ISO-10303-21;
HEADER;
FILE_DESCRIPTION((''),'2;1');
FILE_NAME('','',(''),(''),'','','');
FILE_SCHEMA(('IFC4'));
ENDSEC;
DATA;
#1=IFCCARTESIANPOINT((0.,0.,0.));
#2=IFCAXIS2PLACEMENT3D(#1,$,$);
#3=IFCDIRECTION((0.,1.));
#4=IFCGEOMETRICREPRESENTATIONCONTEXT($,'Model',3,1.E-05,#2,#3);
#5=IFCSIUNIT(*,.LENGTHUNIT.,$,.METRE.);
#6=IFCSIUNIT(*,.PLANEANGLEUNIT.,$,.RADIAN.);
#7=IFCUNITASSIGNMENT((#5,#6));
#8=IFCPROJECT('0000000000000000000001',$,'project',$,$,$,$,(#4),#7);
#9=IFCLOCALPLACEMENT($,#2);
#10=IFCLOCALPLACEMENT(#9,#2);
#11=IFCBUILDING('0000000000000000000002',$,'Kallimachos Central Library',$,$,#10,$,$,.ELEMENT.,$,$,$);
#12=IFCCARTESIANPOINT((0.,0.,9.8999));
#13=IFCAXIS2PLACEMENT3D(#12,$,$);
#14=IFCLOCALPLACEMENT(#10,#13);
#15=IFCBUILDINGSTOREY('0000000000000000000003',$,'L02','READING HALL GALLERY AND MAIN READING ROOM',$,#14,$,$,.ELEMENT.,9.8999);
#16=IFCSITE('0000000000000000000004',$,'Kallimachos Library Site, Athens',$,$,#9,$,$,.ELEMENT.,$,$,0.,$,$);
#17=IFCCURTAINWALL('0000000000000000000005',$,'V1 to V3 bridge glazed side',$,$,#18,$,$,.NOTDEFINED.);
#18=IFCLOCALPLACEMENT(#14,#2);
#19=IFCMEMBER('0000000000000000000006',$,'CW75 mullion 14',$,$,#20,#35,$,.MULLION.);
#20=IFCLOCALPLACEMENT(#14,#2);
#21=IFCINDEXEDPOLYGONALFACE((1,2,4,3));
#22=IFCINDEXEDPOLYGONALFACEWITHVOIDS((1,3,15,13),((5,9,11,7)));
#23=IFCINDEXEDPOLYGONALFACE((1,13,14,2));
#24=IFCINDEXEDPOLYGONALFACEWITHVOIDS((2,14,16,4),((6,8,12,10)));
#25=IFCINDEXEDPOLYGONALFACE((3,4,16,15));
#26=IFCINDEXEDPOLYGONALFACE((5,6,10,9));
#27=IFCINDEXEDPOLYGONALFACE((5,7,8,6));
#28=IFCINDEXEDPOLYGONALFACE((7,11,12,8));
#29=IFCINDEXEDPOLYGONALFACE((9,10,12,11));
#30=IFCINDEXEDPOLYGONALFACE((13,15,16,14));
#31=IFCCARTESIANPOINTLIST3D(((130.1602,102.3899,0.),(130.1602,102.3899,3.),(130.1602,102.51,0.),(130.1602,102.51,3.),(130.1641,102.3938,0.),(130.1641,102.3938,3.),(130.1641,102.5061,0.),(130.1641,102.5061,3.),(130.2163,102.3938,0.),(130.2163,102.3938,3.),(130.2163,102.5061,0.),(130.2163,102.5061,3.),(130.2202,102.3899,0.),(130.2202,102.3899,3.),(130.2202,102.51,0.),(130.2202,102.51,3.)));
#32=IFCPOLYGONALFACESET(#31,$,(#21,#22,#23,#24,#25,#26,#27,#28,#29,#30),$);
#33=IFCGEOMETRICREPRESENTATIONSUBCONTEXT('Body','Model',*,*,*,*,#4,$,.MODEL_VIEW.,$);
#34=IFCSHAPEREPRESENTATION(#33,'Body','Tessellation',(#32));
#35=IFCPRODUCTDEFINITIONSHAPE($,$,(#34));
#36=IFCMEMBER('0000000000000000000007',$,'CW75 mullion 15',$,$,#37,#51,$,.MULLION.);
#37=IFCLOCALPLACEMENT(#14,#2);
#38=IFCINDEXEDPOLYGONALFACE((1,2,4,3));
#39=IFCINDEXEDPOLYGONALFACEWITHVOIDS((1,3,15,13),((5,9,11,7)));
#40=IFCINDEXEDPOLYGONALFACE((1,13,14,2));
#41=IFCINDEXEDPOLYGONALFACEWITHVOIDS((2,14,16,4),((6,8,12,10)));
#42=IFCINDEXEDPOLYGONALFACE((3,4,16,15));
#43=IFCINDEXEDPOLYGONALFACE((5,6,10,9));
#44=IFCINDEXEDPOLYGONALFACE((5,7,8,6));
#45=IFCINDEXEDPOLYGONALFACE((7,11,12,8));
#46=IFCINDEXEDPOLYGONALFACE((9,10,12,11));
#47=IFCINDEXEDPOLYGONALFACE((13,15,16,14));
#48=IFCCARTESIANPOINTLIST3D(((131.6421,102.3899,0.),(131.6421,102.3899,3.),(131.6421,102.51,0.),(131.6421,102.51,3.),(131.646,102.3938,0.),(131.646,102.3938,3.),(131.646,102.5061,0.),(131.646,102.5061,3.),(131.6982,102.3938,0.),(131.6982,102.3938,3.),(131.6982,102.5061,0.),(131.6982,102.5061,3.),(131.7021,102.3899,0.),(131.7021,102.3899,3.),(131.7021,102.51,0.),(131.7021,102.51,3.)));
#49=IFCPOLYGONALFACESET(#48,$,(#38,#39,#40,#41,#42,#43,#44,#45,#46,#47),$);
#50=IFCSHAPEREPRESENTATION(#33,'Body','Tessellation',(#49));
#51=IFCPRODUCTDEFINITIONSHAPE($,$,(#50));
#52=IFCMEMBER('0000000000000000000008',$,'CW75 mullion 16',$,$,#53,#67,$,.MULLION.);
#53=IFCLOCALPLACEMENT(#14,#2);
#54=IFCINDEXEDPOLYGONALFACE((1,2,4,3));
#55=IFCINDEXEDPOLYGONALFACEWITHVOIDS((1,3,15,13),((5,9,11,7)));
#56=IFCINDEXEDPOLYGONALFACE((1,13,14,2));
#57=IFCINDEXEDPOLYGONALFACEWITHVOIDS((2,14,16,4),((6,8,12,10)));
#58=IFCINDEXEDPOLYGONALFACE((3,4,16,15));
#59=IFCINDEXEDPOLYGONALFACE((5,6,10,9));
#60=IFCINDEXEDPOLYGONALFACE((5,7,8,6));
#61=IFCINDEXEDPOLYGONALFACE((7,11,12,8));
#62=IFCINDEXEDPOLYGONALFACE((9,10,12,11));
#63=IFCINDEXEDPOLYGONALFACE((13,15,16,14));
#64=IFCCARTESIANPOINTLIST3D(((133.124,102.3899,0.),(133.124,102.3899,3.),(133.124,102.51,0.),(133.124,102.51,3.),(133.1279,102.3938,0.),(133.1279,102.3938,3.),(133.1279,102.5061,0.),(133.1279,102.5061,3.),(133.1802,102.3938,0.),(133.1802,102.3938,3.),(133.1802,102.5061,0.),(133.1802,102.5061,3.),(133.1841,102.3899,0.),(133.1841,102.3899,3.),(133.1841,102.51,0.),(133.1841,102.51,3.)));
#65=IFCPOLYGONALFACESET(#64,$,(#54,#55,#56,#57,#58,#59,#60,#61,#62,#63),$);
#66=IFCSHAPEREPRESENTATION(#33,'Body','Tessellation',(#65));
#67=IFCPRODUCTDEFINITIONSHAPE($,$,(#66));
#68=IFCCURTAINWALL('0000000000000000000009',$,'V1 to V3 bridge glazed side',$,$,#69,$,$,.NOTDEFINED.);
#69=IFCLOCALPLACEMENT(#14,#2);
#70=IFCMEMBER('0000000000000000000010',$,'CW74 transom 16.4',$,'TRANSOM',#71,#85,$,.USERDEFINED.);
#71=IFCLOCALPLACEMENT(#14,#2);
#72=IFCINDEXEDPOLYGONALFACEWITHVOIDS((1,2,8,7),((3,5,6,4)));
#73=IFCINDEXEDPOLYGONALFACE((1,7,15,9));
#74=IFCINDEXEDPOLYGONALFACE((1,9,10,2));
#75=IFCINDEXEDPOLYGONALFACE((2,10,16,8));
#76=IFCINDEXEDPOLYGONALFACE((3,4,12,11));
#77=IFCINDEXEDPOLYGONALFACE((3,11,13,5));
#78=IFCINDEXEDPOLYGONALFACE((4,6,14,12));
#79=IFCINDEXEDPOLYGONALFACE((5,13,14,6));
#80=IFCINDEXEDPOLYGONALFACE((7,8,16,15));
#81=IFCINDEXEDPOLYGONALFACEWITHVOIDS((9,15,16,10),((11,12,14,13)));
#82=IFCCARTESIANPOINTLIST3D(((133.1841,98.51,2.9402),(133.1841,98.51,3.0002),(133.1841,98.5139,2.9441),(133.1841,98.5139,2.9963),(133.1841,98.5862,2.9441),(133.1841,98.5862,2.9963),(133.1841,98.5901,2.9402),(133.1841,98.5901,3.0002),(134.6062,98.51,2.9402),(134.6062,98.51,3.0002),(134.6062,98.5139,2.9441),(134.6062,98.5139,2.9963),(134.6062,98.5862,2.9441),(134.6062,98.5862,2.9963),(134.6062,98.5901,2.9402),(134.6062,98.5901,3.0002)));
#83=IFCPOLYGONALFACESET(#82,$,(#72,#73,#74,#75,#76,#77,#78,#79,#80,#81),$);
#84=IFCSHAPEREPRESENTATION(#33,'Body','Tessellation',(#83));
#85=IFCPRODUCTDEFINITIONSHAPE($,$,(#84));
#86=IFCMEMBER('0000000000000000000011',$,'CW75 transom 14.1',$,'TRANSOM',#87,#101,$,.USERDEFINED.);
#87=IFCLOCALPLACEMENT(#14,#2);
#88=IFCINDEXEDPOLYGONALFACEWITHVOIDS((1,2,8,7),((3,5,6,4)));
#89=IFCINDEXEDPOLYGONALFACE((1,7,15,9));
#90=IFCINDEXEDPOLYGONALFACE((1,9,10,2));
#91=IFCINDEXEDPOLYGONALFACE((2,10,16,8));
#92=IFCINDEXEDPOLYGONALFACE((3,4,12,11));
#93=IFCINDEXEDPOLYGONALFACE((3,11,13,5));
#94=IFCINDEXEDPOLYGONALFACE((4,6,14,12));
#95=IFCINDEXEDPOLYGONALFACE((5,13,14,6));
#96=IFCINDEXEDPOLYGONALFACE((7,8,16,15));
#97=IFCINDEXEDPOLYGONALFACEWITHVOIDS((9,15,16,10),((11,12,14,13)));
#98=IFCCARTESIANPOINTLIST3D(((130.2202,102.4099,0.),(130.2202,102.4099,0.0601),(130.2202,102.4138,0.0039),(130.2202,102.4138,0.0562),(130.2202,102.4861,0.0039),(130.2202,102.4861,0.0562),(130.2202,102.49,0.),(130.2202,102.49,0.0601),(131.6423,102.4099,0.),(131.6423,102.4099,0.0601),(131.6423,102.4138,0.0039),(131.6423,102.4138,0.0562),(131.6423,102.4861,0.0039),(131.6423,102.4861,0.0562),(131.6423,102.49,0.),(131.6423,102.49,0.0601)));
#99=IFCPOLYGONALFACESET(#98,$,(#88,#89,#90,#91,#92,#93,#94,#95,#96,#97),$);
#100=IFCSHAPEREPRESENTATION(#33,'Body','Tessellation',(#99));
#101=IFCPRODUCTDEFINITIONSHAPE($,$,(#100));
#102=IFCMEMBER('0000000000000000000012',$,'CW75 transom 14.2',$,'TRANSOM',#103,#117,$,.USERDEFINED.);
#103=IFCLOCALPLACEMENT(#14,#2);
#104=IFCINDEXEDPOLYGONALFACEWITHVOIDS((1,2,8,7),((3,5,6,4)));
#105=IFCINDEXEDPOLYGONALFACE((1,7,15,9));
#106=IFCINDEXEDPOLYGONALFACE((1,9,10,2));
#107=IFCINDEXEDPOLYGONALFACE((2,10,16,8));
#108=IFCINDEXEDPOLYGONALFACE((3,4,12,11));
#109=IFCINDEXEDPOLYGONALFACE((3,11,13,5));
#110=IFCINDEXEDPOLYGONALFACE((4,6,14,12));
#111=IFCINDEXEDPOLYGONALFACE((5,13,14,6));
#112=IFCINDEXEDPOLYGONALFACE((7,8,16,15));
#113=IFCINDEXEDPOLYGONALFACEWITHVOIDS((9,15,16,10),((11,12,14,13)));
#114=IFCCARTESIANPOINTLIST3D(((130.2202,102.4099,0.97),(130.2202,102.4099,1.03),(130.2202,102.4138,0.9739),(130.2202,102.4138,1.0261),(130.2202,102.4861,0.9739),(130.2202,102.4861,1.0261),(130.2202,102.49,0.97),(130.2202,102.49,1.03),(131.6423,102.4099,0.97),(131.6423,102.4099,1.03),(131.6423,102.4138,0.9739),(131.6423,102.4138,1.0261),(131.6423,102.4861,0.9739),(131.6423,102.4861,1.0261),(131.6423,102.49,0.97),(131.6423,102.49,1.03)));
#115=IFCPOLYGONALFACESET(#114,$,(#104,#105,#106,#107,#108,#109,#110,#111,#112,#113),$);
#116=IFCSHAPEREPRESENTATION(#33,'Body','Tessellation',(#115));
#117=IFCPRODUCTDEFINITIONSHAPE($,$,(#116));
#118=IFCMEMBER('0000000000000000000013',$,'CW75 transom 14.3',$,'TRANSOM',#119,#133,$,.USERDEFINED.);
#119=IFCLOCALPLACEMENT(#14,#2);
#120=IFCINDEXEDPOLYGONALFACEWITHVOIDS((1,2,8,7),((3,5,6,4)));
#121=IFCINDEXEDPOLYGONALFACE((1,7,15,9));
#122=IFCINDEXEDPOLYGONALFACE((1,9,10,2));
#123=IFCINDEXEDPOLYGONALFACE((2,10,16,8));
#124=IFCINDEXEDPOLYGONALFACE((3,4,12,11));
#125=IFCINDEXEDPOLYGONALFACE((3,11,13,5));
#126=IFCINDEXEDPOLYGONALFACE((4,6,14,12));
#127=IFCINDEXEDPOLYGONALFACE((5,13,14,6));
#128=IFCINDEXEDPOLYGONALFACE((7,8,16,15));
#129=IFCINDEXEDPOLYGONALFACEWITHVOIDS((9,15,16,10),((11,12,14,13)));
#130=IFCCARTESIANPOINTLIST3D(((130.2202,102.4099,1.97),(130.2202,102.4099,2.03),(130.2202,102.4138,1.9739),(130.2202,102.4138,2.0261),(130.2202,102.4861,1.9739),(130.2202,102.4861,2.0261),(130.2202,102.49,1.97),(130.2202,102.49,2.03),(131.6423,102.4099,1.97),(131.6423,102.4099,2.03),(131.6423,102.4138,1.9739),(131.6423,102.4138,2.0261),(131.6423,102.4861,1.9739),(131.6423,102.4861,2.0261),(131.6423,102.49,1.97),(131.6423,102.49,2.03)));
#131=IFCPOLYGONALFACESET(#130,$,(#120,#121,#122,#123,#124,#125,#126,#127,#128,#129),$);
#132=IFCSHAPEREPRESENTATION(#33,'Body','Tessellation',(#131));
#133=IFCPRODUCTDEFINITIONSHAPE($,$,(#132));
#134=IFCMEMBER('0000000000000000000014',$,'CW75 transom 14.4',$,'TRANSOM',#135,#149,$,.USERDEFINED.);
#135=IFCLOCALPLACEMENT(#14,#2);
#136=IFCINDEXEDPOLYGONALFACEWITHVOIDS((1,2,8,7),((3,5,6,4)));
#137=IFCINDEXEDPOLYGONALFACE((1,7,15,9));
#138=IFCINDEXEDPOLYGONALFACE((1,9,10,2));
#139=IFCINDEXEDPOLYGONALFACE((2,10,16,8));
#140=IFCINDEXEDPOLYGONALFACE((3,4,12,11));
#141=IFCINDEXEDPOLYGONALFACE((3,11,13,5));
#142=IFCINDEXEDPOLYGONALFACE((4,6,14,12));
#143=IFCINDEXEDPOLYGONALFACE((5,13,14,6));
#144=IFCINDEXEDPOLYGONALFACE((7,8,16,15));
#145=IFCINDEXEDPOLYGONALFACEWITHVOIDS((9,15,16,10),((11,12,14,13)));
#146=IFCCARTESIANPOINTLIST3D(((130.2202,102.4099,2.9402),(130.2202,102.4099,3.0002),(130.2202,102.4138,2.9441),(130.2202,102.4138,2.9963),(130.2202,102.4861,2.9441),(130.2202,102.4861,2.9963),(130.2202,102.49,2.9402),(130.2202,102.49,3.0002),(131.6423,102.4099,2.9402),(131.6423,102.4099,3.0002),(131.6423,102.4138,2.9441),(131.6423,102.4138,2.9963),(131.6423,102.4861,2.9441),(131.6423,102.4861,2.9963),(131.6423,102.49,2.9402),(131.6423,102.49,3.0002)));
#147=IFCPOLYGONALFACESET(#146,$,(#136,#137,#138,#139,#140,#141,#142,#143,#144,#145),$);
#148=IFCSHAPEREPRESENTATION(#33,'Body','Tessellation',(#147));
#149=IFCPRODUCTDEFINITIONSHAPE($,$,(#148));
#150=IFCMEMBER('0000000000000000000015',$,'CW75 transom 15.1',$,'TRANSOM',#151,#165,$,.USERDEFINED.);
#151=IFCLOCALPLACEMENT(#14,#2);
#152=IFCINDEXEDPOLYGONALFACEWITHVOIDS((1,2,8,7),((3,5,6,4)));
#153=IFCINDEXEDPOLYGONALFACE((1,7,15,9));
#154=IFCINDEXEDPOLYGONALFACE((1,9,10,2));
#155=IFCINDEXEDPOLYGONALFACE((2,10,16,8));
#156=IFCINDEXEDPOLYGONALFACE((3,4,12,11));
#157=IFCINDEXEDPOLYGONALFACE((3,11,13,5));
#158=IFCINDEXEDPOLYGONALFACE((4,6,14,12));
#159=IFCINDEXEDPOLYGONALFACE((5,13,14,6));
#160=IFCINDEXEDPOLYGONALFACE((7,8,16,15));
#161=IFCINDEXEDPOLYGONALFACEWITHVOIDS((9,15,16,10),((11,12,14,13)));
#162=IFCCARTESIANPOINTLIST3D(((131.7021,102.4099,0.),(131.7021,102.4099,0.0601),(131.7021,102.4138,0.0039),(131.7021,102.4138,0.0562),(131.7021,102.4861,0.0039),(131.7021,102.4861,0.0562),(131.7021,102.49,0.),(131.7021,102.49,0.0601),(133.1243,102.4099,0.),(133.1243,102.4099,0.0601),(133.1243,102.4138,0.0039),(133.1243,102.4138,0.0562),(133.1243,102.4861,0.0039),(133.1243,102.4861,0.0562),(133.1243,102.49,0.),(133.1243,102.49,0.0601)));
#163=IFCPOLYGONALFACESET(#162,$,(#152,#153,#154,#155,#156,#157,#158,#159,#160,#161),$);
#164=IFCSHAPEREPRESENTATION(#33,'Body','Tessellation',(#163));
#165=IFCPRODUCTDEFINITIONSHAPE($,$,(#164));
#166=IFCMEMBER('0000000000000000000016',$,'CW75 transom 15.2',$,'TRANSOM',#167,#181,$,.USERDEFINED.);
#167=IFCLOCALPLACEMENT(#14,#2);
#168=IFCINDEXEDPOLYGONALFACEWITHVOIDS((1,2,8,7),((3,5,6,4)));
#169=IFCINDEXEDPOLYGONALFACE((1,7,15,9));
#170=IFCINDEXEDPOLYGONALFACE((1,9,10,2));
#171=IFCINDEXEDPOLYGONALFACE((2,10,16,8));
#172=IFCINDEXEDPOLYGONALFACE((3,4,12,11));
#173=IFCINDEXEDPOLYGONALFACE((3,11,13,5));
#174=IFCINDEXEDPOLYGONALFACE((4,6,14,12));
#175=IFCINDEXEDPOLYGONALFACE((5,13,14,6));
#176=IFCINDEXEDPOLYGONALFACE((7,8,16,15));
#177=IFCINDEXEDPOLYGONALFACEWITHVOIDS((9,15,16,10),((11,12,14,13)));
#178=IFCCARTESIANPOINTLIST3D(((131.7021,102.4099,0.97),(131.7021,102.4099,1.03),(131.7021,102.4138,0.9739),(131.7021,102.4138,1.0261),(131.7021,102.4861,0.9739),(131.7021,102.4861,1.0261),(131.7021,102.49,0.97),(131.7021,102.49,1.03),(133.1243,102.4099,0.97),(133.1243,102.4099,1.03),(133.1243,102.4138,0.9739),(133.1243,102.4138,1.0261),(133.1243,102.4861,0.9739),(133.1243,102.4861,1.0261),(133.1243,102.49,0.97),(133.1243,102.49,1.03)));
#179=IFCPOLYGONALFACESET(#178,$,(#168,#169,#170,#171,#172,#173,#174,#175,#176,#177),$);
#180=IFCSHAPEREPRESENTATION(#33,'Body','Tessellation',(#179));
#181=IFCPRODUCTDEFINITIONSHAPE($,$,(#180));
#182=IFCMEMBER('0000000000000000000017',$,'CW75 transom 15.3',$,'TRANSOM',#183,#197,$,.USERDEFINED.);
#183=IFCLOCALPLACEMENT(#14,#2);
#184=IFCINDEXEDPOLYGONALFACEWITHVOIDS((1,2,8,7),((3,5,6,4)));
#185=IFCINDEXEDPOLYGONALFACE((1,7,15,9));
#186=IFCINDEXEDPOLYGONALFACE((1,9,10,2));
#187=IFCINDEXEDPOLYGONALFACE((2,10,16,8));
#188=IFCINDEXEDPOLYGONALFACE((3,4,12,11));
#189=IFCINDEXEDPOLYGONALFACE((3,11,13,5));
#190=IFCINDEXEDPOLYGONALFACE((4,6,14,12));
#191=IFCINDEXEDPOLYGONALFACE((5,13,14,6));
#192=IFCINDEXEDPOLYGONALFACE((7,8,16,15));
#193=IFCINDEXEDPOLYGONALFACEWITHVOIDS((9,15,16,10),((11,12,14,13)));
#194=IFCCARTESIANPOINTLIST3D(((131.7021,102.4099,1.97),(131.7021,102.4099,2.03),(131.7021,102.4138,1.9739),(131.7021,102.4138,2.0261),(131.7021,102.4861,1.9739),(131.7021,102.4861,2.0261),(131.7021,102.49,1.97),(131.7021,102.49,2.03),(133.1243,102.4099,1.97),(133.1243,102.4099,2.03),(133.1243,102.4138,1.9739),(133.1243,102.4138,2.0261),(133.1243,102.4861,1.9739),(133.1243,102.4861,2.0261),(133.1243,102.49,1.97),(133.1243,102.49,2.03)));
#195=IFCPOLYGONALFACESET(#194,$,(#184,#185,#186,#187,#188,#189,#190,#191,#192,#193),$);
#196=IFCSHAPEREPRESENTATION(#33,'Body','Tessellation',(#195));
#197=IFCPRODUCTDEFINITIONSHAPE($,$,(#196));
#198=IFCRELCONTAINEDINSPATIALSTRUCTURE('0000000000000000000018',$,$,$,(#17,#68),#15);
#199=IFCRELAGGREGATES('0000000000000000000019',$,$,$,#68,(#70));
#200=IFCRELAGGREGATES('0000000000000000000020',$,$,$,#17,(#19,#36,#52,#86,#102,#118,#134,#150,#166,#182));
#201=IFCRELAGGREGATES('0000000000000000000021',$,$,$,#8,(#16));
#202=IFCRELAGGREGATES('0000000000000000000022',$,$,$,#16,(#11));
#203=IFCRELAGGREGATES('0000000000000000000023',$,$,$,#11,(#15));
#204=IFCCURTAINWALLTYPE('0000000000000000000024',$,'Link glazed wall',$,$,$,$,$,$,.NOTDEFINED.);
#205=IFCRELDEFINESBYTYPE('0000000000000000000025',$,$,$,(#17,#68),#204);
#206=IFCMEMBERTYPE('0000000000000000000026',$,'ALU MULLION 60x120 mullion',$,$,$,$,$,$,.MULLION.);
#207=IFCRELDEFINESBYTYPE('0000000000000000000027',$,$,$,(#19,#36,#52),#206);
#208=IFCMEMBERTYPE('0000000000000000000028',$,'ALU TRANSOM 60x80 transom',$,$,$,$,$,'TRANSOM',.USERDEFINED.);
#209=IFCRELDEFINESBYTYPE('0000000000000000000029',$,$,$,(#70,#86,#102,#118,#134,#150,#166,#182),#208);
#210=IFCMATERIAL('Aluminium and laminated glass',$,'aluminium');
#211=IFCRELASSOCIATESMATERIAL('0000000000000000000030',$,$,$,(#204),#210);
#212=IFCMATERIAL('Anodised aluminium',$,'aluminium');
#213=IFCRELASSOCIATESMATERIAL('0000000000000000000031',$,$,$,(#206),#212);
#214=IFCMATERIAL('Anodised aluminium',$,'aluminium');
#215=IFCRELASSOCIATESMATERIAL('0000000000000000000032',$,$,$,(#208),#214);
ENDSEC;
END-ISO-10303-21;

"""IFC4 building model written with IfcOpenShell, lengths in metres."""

from ifc_helpers import new_model, si_unit, direction, frame, origin, origin_2d, place, context, subcontext, project, spatial, hollow_rectangle, extrude, material, material_profile, profile_set, type_object, element, aggregate, save


model = new_model("IFC4")

# Units and contexts
model_context = context("Model", 3, precision=1e-05, world=origin(), true_north=direction((0.0, 1.0)))
body_context = subcontext(model_context, "Body", "Model", "MODEL_VIEW")
ifc_project = project(units=[si_unit("LENGTHUNIT", "METRE"), si_unit("PLANEANGLEUNIT", "RADIAN")], contexts=[model_context])

# Site, building, storey
site_placement = place(None, origin())
site = spatial("IfcSite", under=ifc_project, at=site_placement, Name="Kallimachos Library Site, Athens", CompositionType="ELEMENT", RefElevation=0.0)
building_placement = place(site_placement, origin())
building = spatial("IfcBuilding", under=site, at=building_placement, Name="Kallimachos Central Library", CompositionType="ELEMENT")
storey_placement = place(building_placement, frame((0.0, 0.0, 9.8999)))
storey = spatial("IfcBuildingStorey", under=building, at=storey_placement, Name="L02", Description="READING HALL GALLERY AND MAIN READING ROOM", CompositionType="ELEMENT", Elevation=9.8999)

# Curtain wall, members
ifc_material_1 = material(Name="Aluminium and laminated glass", Category="aluminium")
curtain_wall_type = type_object("IfcCurtainWallType", Name="Link glazed wall", PredefinedType="NOTDEFINED", material=ifc_material_1)
curtain_wall_1_placement = place(storey_placement, origin())
curtain_wall_1 = element("IfcCurtainWall", 1, at=curtain_wall_1_placement, inside=storey, type_object=curtain_wall_type, Name="V1 to V3 bridge glazed side", PredefinedType="NOTDEFINED")
ifc_material_2 = material(Name="Anodised aluminium", Category="aluminium")
ifc_material_profile_1 = material_profile(ifc_material_2, hollow_rectangle(XDim=0.0601, YDim=0.1201, WallThickness=0.0039, at=origin_2d()), Name="ALU MULLION 60x120")
ifc_profile_set_1 = profile_set([ifc_material_profile_1], Name="Anodised aluminium")
member_type_1 = type_object("IfcMemberType", Name="ALU MULLION 60x120 mullion", PredefinedType="MULLION", material=ifc_profile_set_1)
member_1_placement = place(storey_placement, frame((130.1902, 102.45, 0.0), z_axis=(0.0, 0.0, 1.0), x_axis=(1.0, 0.0, 0.0)))
member_1 = element("IfcMember", 2, at=member_1_placement, type_object=member_type_1, Name="CW75 mullion 14", PredefinedType="MULLION", context=body_context, shape_type="SweptSolid", body=[
    extrude(hollow_rectangle(XDim=0.0601, YDim=0.1201, WallThickness=0.0039, at=origin_2d()), origin(), (0.0, 0.0, 1.0), 3.0),
])
member_2_placement = place(storey_placement, frame((131.6721, 102.45, 0.0), z_axis=(0.0, 0.0, 1.0), x_axis=(1.0, 0.0, 0.0)))
member_2 = element("IfcMember", 3, at=member_2_placement, type_object=member_type_1, Name="CW75 mullion 15", PredefinedType="MULLION", context=body_context, shape_type="SweptSolid", body=[
    extrude(hollow_rectangle(XDim=0.0601, YDim=0.1201, WallThickness=0.0039, at=origin_2d()), origin(), (0.0, 0.0, 1.0), 3.0),
])
member_3_placement = place(storey_placement, frame((133.1541, 102.45, 0.0), z_axis=(0.0, 0.0, 1.0), x_axis=(1.0, 0.0, 0.0)))
member_3 = element("IfcMember", 4, at=member_3_placement, type_object=member_type_1, Name="CW75 mullion 16", PredefinedType="MULLION", context=body_context, shape_type="SweptSolid", body=[
    extrude(hollow_rectangle(XDim=0.0601, YDim=0.1201, WallThickness=0.0039, at=origin_2d()), origin(), (0.0, 0.0, 1.0), 3.0),
])

# Curtain wall, member
curtain_wall_2_placement = place(storey_placement, origin())
curtain_wall_2 = element("IfcCurtainWall", 5, at=curtain_wall_2_placement, inside=storey, type_object=curtain_wall_type, Name="V1 to V3 bridge glazed side", PredefinedType="NOTDEFINED")
ifc_material_3 = material(Name="Anodised aluminium", Category="aluminium")
ifc_material_profile_2 = material_profile(ifc_material_3, hollow_rectangle(XDim=0.0601, YDim=0.0801, WallThickness=0.0039, at=origin_2d()), Name="ALU TRANSOM 60x80")
ifc_profile_set_2 = profile_set([ifc_material_profile_2], Name="Anodised aluminium")
member_type_2 = type_object("IfcMemberType", Name="ALU TRANSOM 60x80 transom", ElementType="TRANSOM", PredefinedType="USERDEFINED", material=ifc_profile_set_2)
member_4_placement = place(storey_placement, frame((133.1841, 98.55, 2.9702), z_axis=(1.0, 0.0, 0.0), x_axis=(0.0, 0.0, 1.0)))
member_4 = element("IfcMember", 6, at=member_4_placement, type_object=member_type_2, Name="CW74 transom 16.4", ObjectType="TRANSOM", PredefinedType="USERDEFINED", context=body_context, shape_type="SweptSolid", body=[
    extrude(hollow_rectangle(XDim=0.0601, YDim=0.0801, WallThickness=0.0039, at=origin_2d()), origin(), (0.0, 0.0, 1.0), 1.4221),
])
aggregate(curtain_wall_2, [member_4])

# Members
member_5_placement = place(storey_placement, frame((130.2202, 102.45, 0.03), z_axis=(1.0, 0.0, 0.0), x_axis=(0.0, 0.0, 1.0)))
member_5 = element("IfcMember", 7, at=member_5_placement, type_object=member_type_2, Name="CW75 transom 14.1", ObjectType="TRANSOM", PredefinedType="USERDEFINED", context=body_context, shape_type="SweptSolid", body=[
    extrude(hollow_rectangle(XDim=0.0601, YDim=0.0801, WallThickness=0.0039, at=origin_2d()), origin(), (0.0, 0.0, 1.0), 1.4221),
])
member_6_placement = place(storey_placement, frame((130.2202, 102.45, 1.0), z_axis=(1.0, 0.0, 0.0), x_axis=(0.0, 0.0, 1.0)))
member_6 = element("IfcMember", 8, at=member_6_placement, type_object=member_type_2, Name="CW75 transom 14.2", ObjectType="TRANSOM", PredefinedType="USERDEFINED", context=body_context, shape_type="SweptSolid", body=[
    extrude(hollow_rectangle(XDim=0.0601, YDim=0.0801, WallThickness=0.0039, at=origin_2d()), origin(), (0.0, 0.0, 1.0), 1.4221),
])
member_7_placement = place(storey_placement, frame((130.2202, 102.45, 2.0), z_axis=(1.0, 0.0, 0.0), x_axis=(0.0, 0.0, 1.0)))
member_7 = element("IfcMember", 9, at=member_7_placement, type_object=member_type_2, Name="CW75 transom 14.3", ObjectType="TRANSOM", PredefinedType="USERDEFINED", context=body_context, shape_type="SweptSolid", body=[
    extrude(hollow_rectangle(XDim=0.0601, YDim=0.0801, WallThickness=0.0039, at=origin_2d()), origin(), (0.0, 0.0, 1.0), 1.4221),
])
member_8_placement = place(storey_placement, frame((130.2202, 102.45, 2.9702), z_axis=(1.0, 0.0, 0.0), x_axis=(0.0, 0.0, 1.0)))
member_8 = element("IfcMember", 10, at=member_8_placement, type_object=member_type_2, Name="CW75 transom 14.4", ObjectType="TRANSOM", PredefinedType="USERDEFINED", context=body_context, shape_type="SweptSolid", body=[
    extrude(hollow_rectangle(XDim=0.0601, YDim=0.0801, WallThickness=0.0039, at=origin_2d()), origin(), (0.0, 0.0, 1.0), 1.4221),
])
member_9_placement = place(storey_placement, frame((131.7021, 102.45, 0.03), z_axis=(1.0, 0.0, 0.0), x_axis=(0.0, 0.0, 1.0)))
member_9 = element("IfcMember", 11, at=member_9_placement, type_object=member_type_2, Name="CW75 transom 15.1", ObjectType="TRANSOM", PredefinedType="USERDEFINED", context=body_context, shape_type="SweptSolid", body=[
    extrude(hollow_rectangle(XDim=0.0601, YDim=0.0801, WallThickness=0.0039, at=origin_2d()), origin(), (0.0, 0.0, 1.0), 1.4221),
])
member_10_placement = place(storey_placement, frame((131.7021, 102.45, 1.0), z_axis=(1.0, 0.0, 0.0), x_axis=(0.0, 0.0, 1.0)))
member_10 = element("IfcMember", 12, at=member_10_placement, type_object=member_type_2, Name="CW75 transom 15.2", ObjectType="TRANSOM", PredefinedType="USERDEFINED", context=body_context, shape_type="SweptSolid", body=[
    extrude(hollow_rectangle(XDim=0.0601, YDim=0.0801, WallThickness=0.0039, at=origin_2d()), origin(), (0.0, 0.0, 1.0), 1.4221),
])
member_11_placement = place(storey_placement, frame((131.7021, 102.45, 2.0), z_axis=(1.0, 0.0, 0.0), x_axis=(0.0, 0.0, 1.0)))
member_11 = element("IfcMember", 13, at=member_11_placement, type_object=member_type_2, Name="CW75 transom 15.3", ObjectType="TRANSOM", PredefinedType="USERDEFINED", context=body_context, shape_type="SweptSolid", body=[
    extrude(hollow_rectangle(XDim=0.0601, YDim=0.0801, WallThickness=0.0039, at=origin_2d()), origin(), (0.0, 0.0, 1.0), 1.4221),
])

aggregate(curtain_wall_1, [member_1, member_2, member_3, member_5, member_6, member_7, member_8, member_9, member_10, member_11])

save(model, "model.ifc")
